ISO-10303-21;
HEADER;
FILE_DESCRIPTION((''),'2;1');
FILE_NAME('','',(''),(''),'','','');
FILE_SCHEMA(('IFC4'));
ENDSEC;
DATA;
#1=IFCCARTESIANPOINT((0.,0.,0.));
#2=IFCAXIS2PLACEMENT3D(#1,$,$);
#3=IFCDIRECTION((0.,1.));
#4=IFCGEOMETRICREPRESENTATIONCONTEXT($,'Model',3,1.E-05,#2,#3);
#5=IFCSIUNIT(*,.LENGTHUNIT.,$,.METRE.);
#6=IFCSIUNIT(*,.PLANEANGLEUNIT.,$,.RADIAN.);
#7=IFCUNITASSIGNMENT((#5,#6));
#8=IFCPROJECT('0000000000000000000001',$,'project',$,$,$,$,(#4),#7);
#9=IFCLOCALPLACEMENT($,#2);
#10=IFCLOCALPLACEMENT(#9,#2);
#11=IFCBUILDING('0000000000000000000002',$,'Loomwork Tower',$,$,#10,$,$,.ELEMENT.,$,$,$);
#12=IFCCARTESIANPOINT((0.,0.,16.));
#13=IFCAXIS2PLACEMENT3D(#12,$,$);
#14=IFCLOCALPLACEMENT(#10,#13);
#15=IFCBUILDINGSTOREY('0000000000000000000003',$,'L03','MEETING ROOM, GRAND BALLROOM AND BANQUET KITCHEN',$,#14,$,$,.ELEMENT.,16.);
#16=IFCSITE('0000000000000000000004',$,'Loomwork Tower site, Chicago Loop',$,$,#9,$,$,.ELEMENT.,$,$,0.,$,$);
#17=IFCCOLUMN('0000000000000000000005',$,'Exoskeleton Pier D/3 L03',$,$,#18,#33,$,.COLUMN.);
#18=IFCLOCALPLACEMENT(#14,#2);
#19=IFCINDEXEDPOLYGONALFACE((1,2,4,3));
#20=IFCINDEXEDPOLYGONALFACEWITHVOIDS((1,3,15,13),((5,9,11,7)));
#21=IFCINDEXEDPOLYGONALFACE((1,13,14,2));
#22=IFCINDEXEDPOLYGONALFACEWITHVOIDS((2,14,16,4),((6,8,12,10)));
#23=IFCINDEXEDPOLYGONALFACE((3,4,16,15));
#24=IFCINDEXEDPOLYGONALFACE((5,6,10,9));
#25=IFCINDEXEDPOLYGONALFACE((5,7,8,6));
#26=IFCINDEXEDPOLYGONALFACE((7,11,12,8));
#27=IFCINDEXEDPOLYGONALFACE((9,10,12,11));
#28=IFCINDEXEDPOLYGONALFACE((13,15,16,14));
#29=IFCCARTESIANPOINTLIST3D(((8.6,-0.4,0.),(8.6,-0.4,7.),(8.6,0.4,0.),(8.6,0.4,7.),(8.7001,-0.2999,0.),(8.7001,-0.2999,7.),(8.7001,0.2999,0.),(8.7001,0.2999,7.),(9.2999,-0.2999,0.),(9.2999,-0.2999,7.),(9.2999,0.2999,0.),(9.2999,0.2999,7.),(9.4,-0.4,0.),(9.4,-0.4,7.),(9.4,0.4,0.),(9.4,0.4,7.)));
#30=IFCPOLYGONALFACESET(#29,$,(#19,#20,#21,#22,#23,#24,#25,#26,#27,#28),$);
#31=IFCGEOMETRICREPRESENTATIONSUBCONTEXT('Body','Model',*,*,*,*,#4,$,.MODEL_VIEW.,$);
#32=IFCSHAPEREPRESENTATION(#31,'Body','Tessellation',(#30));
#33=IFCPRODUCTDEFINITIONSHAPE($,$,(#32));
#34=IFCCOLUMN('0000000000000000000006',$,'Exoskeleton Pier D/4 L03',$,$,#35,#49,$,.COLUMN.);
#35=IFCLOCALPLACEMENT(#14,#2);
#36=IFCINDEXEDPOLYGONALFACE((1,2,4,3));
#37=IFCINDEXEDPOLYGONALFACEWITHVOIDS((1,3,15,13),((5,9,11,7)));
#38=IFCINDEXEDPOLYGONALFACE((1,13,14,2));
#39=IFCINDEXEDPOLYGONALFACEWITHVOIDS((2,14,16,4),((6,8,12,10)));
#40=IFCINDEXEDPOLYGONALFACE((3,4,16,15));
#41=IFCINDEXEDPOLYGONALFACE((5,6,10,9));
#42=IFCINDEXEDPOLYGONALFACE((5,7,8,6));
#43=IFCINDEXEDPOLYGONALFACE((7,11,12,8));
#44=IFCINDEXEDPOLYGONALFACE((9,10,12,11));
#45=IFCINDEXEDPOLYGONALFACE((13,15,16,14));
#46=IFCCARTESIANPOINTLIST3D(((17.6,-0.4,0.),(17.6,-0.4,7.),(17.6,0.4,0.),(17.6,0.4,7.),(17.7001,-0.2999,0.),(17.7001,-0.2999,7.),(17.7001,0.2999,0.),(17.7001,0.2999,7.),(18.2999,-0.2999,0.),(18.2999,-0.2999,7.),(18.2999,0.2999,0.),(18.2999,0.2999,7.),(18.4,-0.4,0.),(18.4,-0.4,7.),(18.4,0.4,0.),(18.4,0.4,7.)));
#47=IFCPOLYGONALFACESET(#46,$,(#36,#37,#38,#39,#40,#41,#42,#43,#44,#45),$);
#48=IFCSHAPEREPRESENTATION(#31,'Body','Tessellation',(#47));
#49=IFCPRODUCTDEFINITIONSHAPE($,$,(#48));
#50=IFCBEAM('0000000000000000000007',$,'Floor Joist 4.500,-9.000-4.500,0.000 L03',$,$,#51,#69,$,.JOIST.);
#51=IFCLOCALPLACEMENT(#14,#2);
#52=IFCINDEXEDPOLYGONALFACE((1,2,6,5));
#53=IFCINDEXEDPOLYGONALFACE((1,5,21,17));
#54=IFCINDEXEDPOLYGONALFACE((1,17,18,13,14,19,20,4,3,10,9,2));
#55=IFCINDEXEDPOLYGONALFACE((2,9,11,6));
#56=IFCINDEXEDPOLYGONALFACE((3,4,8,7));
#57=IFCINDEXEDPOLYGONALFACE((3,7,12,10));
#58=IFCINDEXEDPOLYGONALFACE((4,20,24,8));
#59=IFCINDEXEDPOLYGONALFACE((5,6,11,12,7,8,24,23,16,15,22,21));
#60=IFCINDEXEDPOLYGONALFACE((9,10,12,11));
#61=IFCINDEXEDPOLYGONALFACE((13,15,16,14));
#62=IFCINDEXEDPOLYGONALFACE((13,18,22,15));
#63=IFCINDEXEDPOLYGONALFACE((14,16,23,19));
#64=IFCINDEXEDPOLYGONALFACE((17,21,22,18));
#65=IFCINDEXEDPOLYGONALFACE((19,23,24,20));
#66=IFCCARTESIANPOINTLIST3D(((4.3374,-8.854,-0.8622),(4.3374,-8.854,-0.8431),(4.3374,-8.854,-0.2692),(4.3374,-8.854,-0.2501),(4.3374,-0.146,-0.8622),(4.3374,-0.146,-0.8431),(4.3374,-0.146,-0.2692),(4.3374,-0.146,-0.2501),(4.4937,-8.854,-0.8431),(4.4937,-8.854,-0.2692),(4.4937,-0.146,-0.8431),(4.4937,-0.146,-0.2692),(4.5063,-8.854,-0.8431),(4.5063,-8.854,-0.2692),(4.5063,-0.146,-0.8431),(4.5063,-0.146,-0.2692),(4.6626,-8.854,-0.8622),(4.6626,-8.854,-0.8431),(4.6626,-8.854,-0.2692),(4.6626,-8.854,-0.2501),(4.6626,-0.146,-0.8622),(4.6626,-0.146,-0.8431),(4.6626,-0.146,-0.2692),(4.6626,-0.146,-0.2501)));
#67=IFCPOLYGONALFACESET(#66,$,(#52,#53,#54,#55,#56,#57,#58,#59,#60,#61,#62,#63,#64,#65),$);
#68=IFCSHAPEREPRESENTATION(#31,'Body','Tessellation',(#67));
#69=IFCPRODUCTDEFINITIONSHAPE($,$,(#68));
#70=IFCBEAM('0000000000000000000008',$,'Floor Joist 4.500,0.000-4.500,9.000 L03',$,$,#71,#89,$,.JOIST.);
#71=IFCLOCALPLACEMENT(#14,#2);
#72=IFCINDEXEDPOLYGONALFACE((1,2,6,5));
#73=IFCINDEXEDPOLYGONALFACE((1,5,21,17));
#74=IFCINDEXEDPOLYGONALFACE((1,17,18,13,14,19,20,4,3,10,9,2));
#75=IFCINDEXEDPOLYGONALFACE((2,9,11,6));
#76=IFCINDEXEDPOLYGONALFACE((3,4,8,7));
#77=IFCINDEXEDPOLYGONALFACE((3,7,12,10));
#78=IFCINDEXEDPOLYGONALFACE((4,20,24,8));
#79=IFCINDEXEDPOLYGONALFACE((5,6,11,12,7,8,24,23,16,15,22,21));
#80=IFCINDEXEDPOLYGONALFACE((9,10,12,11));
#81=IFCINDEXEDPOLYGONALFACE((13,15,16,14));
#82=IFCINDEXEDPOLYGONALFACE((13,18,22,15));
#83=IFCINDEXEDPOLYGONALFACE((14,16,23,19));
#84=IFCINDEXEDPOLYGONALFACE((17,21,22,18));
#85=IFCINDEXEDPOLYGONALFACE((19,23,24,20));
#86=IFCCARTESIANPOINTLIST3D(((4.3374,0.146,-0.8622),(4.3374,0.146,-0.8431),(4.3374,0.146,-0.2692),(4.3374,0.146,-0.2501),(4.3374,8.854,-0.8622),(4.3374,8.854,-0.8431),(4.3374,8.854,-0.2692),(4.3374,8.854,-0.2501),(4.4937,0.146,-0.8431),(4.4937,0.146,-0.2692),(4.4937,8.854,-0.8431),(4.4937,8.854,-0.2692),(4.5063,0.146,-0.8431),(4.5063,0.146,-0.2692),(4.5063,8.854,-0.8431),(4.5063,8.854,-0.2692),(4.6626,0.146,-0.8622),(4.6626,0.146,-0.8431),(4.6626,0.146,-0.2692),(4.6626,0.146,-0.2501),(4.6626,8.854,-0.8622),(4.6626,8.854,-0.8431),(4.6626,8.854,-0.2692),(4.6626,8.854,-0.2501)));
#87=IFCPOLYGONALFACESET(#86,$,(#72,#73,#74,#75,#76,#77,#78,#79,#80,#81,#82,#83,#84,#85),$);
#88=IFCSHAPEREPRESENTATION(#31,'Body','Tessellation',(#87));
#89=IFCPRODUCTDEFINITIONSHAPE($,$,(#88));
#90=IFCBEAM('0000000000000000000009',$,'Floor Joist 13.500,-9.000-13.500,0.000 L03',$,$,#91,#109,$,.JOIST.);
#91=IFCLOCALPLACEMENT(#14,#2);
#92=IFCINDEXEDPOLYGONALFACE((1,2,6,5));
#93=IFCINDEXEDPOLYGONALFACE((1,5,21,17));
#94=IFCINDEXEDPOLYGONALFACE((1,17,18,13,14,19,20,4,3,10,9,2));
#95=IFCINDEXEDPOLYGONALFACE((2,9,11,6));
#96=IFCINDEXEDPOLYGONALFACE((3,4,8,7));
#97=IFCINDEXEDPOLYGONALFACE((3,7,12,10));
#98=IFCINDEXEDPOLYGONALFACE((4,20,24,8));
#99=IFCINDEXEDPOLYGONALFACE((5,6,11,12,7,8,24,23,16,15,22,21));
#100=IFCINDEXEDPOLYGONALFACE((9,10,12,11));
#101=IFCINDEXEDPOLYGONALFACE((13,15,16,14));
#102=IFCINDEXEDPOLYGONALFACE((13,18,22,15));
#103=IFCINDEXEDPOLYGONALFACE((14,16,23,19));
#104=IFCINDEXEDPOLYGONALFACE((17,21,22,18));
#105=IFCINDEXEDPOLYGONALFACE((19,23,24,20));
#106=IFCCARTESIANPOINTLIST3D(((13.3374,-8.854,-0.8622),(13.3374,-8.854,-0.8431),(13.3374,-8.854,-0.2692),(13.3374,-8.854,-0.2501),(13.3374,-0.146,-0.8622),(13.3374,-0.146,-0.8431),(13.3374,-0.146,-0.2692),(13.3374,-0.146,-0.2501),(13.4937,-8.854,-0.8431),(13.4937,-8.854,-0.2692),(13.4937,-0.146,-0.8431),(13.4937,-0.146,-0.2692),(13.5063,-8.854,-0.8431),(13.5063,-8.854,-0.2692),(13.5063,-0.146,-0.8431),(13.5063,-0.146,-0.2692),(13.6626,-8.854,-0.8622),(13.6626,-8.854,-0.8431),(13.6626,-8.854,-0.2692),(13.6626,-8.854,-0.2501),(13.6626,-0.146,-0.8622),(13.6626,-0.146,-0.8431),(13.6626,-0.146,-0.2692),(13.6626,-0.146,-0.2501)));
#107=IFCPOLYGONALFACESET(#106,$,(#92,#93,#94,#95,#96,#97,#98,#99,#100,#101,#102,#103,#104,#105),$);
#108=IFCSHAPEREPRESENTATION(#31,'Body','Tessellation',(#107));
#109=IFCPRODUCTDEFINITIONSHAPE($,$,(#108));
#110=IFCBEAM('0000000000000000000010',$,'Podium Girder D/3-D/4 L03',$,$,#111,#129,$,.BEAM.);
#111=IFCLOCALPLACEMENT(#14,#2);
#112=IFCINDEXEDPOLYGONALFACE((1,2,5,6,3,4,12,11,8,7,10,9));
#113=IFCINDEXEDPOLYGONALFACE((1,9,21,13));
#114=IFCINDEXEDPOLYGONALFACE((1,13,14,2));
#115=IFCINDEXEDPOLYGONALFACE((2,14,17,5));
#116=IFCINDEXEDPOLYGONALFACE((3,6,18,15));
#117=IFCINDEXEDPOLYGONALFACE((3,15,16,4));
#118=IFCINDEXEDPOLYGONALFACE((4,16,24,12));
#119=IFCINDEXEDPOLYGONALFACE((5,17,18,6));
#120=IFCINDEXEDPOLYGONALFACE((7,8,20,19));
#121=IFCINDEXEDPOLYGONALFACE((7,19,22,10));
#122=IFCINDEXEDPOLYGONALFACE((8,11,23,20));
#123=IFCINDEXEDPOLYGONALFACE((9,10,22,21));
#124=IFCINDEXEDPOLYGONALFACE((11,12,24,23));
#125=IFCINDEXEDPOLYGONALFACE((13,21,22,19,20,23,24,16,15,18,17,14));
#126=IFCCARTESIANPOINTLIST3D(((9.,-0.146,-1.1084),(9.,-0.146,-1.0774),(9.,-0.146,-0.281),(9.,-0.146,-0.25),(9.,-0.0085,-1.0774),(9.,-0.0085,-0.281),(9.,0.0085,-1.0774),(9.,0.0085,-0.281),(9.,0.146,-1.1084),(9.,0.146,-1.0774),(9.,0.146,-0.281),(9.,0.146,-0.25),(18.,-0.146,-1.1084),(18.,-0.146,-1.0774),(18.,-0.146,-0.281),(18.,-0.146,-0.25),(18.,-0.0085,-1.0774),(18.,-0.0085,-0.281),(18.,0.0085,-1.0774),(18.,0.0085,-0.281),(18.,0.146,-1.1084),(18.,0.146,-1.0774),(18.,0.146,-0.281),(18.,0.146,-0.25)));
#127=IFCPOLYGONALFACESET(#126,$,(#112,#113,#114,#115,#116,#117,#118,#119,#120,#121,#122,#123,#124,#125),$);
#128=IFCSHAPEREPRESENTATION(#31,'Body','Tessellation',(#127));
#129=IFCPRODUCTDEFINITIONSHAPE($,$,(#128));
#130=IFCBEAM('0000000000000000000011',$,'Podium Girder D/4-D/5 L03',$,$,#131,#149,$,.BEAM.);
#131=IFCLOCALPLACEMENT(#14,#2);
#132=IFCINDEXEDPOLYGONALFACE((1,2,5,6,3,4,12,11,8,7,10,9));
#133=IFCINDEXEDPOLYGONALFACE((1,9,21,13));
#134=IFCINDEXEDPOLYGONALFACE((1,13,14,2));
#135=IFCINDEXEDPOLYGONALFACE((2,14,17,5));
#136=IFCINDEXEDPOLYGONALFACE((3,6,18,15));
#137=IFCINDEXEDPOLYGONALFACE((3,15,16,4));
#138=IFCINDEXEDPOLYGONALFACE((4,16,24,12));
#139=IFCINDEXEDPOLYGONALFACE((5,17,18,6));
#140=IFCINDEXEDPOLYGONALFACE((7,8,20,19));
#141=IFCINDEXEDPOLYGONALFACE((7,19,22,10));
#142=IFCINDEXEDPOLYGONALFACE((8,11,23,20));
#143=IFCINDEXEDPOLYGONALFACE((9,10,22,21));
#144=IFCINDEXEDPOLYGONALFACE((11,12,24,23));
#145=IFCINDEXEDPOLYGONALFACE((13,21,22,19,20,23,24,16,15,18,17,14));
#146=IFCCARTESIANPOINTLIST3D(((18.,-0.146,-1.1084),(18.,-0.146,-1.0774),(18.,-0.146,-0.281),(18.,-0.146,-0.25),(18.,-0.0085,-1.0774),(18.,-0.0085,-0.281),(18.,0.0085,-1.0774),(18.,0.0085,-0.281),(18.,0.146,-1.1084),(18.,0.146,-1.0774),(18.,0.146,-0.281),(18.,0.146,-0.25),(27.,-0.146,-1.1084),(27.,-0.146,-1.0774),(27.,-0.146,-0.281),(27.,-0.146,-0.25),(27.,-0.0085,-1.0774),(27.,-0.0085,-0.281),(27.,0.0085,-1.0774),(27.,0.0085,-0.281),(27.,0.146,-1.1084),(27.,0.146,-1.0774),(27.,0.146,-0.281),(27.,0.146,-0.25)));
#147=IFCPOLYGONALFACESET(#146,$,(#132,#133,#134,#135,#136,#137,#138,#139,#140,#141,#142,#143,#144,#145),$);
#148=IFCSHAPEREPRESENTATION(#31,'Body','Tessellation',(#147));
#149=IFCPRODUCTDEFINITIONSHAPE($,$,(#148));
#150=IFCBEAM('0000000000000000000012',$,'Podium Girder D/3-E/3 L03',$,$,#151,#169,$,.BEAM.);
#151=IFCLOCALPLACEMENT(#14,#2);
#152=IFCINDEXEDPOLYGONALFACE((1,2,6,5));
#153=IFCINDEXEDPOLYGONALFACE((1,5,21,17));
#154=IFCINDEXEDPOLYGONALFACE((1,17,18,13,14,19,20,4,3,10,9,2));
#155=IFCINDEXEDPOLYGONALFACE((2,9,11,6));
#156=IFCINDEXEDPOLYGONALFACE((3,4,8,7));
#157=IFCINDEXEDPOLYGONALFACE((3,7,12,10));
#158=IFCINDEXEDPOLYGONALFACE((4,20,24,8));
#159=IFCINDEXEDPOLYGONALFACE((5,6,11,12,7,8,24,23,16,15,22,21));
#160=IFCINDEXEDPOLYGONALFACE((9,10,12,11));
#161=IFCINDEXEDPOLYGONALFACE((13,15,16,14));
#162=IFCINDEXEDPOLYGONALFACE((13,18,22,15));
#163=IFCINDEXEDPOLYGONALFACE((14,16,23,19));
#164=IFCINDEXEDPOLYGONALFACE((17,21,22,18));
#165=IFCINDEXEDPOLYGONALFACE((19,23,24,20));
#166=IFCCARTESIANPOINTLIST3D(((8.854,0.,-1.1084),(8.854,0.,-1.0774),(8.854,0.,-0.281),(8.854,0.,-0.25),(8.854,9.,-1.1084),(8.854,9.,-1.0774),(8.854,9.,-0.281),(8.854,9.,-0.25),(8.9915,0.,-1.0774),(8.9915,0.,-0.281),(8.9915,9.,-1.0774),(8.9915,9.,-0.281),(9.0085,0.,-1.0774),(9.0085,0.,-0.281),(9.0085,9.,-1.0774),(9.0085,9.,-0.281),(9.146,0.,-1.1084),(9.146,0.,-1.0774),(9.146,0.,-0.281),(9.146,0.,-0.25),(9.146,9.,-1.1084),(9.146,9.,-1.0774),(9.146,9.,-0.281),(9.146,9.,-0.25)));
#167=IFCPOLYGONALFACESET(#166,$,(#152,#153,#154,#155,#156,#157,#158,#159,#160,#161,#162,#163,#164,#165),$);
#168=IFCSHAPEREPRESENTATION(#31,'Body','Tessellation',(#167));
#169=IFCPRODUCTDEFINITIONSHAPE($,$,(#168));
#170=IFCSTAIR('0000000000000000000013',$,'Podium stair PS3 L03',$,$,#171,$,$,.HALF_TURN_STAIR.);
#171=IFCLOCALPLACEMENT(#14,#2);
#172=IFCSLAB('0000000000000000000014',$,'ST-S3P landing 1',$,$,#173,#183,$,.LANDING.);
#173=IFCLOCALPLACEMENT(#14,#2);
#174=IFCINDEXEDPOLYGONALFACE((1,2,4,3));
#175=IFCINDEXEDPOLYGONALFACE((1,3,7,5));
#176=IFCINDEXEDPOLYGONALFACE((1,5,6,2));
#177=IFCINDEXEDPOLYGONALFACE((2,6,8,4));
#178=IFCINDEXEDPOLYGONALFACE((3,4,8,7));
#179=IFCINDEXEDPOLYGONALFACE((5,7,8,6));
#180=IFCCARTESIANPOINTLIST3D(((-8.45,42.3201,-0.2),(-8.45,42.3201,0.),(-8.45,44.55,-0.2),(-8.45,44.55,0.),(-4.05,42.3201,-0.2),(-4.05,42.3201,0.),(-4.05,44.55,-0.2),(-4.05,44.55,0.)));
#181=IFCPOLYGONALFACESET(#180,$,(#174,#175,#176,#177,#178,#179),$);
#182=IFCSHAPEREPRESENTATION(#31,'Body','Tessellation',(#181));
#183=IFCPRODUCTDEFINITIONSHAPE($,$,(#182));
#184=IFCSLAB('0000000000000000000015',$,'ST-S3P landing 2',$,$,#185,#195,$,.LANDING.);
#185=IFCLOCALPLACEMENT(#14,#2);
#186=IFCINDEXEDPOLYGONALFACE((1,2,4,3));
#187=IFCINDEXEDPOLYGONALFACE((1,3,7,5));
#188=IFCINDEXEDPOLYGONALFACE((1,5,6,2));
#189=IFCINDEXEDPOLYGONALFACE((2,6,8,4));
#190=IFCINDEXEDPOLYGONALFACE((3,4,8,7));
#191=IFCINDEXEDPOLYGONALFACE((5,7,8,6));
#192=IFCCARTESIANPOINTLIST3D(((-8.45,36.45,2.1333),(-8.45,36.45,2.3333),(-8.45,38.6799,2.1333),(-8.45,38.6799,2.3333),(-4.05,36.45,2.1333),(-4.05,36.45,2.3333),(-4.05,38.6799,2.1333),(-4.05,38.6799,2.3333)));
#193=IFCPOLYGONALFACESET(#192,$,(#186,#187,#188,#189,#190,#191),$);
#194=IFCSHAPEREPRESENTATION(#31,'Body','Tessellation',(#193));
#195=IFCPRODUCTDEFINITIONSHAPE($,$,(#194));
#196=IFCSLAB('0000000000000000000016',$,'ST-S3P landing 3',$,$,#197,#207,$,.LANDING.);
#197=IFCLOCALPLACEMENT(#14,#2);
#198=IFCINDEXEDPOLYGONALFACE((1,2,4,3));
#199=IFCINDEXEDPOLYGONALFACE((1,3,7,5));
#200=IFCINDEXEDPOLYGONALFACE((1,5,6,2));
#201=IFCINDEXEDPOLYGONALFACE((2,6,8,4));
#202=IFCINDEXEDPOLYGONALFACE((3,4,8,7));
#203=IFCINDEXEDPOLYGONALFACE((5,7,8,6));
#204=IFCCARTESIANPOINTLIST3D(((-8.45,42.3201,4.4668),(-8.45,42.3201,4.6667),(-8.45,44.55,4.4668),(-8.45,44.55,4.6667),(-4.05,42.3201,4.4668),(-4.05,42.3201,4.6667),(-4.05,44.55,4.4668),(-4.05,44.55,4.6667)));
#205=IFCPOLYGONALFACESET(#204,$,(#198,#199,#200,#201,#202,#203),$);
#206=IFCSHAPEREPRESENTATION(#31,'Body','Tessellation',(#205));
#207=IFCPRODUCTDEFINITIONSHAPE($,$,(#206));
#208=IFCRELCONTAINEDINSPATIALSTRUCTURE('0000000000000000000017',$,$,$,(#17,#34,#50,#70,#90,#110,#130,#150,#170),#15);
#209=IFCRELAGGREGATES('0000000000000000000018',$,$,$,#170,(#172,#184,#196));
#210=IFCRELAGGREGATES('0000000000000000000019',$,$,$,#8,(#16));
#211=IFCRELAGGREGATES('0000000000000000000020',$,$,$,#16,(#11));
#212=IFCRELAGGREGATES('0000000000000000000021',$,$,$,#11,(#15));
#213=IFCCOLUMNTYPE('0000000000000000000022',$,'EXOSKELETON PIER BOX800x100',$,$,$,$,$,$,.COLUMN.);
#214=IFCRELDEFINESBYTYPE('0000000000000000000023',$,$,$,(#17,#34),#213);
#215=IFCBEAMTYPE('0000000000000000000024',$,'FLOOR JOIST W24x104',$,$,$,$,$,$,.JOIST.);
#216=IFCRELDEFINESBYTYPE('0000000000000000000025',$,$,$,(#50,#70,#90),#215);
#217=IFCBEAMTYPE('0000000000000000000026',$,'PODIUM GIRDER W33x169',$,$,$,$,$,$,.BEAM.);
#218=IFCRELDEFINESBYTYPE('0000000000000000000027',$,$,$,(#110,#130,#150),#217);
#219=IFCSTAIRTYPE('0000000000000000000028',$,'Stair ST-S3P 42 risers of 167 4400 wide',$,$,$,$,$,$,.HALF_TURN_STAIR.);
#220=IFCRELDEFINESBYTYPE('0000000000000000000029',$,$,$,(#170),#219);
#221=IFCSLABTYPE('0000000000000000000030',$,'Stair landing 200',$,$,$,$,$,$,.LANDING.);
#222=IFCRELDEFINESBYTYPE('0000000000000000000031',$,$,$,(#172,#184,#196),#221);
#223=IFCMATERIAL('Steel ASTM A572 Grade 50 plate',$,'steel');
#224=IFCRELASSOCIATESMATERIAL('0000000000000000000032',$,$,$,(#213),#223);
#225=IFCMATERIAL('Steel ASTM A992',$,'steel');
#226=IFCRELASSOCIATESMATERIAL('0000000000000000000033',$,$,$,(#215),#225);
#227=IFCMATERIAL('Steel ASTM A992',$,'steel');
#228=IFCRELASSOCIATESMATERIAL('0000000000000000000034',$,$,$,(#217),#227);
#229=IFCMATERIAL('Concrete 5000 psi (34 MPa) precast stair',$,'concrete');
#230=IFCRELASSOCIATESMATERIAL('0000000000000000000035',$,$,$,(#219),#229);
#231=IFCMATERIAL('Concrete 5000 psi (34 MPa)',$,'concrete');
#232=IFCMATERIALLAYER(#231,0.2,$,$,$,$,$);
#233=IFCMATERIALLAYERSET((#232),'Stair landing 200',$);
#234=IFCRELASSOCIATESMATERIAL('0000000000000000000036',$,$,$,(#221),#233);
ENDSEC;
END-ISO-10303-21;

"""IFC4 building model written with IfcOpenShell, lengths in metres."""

from ifc_helpers import new_model, si_unit, direction, frame, origin, origin_2d, place, context, subcontext, project, spatial, polyline, hollow_rectangle, i_section, outline, extrude, material, layer, layer_set, material_profile, profile_set, type_object, element, aggregate, save


model = new_model("IFC4")

# Units and contexts
model_context = context("Model", 3, precision=1e-05, world=origin(), true_north=direction((0.0, 1.0)))
body_context = subcontext(model_context, "Body", "Model", "MODEL_VIEW")
ifc_project = project(units=[si_unit("LENGTHUNIT", "METRE"), si_unit("PLANEANGLEUNIT", "RADIAN")], contexts=[model_context])

# Site, building, storey
site_placement = place(None, origin())
site = spatial("IfcSite", under=ifc_project, at=site_placement, Name="Loomwork Tower site, Chicago Loop", CompositionType="ELEMENT", RefElevation=0.0)
building_placement = place(site_placement, origin())
building = spatial("IfcBuilding", under=site, at=building_placement, Name="Loomwork Tower", CompositionType="ELEMENT")
storey_placement = place(building_placement, frame((0.0, 0.0, 16.0)))
storey = spatial("IfcBuildingStorey", under=building, at=storey_placement, Name="L03", Description="MEETING ROOM, GRAND BALLROOM AND BANQUET KITCHEN", CompositionType="ELEMENT", Elevation=16.0)

# Columns
ifc_material_1 = material(Name="Steel ASTM A572 Grade 50 plate", Category="steel")
ifc_material_profile_1 = material_profile(ifc_material_1, hollow_rectangle(XDim=0.8, YDim=0.8, WallThickness=0.1001, at=origin_2d()), Name="BOX800x100")
ifc_profile_set_1 = profile_set([ifc_material_profile_1], Name="Steel ASTM A572 Grade 50 plate")
column_type = type_object("IfcColumnType", Name="EXOSKELETON PIER BOX800x100", PredefinedType="COLUMN", material=ifc_profile_set_1)
for number, where, z_axis, x_axis, name in (
    (1, (9.0, 0.0, 0.0), (0.0, 0.0, 1.0), (1.0, 0.0, 0.0), "Exoskeleton Pier D/3 L03"),
    (2, (18.0, 0.0, 0.0), (0.0, 0.0, 1.0), (1.0, 0.0, 0.0), "Exoskeleton Pier D/4 L03"),
):
    element("IfcColumn", number, at=place(storey_placement, frame(where, z_axis=z_axis, x_axis=x_axis)), inside=storey, type_object=column_type, Name=name, PredefinedType="COLUMN", context=body_context, shape_type="SweptSolid", body=[
        extrude(hollow_rectangle(XDim=0.8, YDim=0.8, WallThickness=0.1001, at=origin_2d()), origin(), (0.0, 0.0, 1.0), 7.0),
    ])

# Beams
ifc_material_2 = material(Name="Steel ASTM A992", Category="steel")
ifc_material_profile_2 = material_profile(ifc_material_2, i_section(OverallWidth=0.3252, OverallDepth=0.6121, WebThickness=0.0127, FlangeThickness=0.019, at=origin_2d()), Name="W24x104")
ifc_profile_set_2 = profile_set([ifc_material_profile_2], Name="Steel ASTM A992")
beam_type_1 = type_object("IfcBeamType", Name="FLOOR JOIST W24x104", PredefinedType="JOIST", material=ifc_profile_set_2)
for number, where, z_axis, x_axis, name in (
    (3, (4.5, -8.854, -0.5562), (0.0, 1.0, 0.0), (-1.0, 0.0, 0.0), "Floor Joist 4.500,-9.000-4.500,0.000 L03"),
    (4, (4.5, 0.146, -0.5562), (0.0, 1.0, 0.0), (-1.0, 0.0, 0.0), "Floor Joist 4.500,0.000-4.500,9.000 L03"),
    (5, (13.5, -8.854, -0.5562), (0.0, 1.0, 0.0), (-1.0, 0.0, 0.0), "Floor Joist 13.500,-9.000-13.500,0.000 L03"),
):
    element("IfcBeam", number, at=place(storey_placement, frame(where, z_axis=z_axis, x_axis=x_axis)), inside=storey, type_object=beam_type_1, Name=name, PredefinedType="JOIST", context=body_context, shape_type="SweptSolid", body=[
        extrude(i_section(OverallWidth=0.3252, OverallDepth=0.6121, WebThickness=0.0127, FlangeThickness=0.019, at=origin_2d()), origin(), (0.0, 0.0, 1.0), 8.708),
    ])
ifc_material_3 = material(Name="Steel ASTM A992", Category="steel")
ifc_material_profile_3 = material_profile(ifc_material_3, i_section(OverallWidth=0.292, OverallDepth=0.8584, WebThickness=0.0171, FlangeThickness=0.031, at=origin_2d()), Name="W33x169")
ifc_profile_set_3 = profile_set([ifc_material_profile_3], Name="Steel ASTM A992")
beam_type_2 = type_object("IfcBeamType", Name="PODIUM GIRDER W33x169", PredefinedType="BEAM", material=ifc_profile_set_3)
for number, where, z_axis, x_axis, name in (
    (6, (9.0, 0.0, -0.6792), (1.0, 0.0, 0.0), (0.0, 1.0, 0.0), "Podium Girder D/3-D/4 L03"),
    (7, (18.0, 0.0, -0.6792), (1.0, 0.0, 0.0), (0.0, 1.0, 0.0), "Podium Girder D/4-D/5 L03"),
    (8, (9.0, 0.0, -0.6792), (0.0, 1.0, 0.0), (-1.0, 0.0, 0.0), "Podium Girder D/3-E/3 L03"),
):
    element("IfcBeam", number, at=place(storey_placement, frame(where, z_axis=z_axis, x_axis=x_axis)), inside=storey, type_object=beam_type_2, Name=name, PredefinedType="BEAM", context=body_context, shape_type="SweptSolid", body=[
        extrude(i_section(OverallWidth=0.292, OverallDepth=0.8584, WebThickness=0.0171, FlangeThickness=0.031, at=origin_2d()), origin(), (0.0, 0.0, 1.0), 9.0),
    ])

# Stair, slabs
ifc_material_4 = material(Name="Concrete 5000 psi (34 MPa) precast stair", Category="concrete")
stair_type_1 = type_object("IfcStairType", Name="Stair ST-S3P 42 risers of 167 4400 wide", PredefinedType="HALF_TURN_STAIR", material=ifc_material_4)
stair_1_placement = place(storey_placement, origin())
stair_1 = element("IfcStair", 9, at=stair_1_placement, inside=storey, type_object=stair_type_1, Name="Podium stair PS3 L03", PredefinedType="HALF_TURN_STAIR")
ifc_material_5 = material(Name="Concrete 5000 psi (34 MPa)", Category="concrete")
ifc_layer_1 = layer(ifc_material_5, 0.2)
ifc_layer_set_1 = layer_set([ifc_layer_1], Name="Stair landing 200")
slab_type = type_object("IfcSlabType", Name="Stair landing 200", PredefinedType="LANDING", material=ifc_layer_set_1)
slab_1_placement = place(storey_placement, frame((0.0, 0.0, -0.2)))
slab_1 = element("IfcSlab", 10, at=slab_1_placement, type_object=slab_type, Name="ST-S3P landing 1", PredefinedType="LANDING", context=body_context, shape_type="SweptSolid", body=[
    extrude(outline(polyline([(-8.45, 42.3201), (-4.05, 42.3201), (-4.05, 44.55), (-8.45, 44.55), (-8.45, 42.3201)])), origin(), (0.0, 0.0, 1.0), 0.2),
])
slab_2_placement = place(storey_placement, frame((0.0, 0.0, 2.1333)))
slab_2 = element("IfcSlab", 11, at=slab_2_placement, type_object=slab_type, Name="ST-S3P landing 2", PredefinedType="LANDING", context=body_context, shape_type="SweptSolid", body=[
    extrude(outline(polyline([(-8.45, 36.45), (-4.05, 36.45), (-4.05, 38.6799), (-8.45, 38.6799), (-8.45, 36.45)])), origin(), (0.0, 0.0, 1.0), 0.2),
])
slab_3_placement = place(storey_placement, frame((0.0, 0.0, 4.4668)))
slab_3 = element("IfcSlab", 12, at=slab_3_placement, type_object=slab_type, Name="ST-S3P landing 3", PredefinedType="LANDING", context=body_context, shape_type="SweptSolid", body=[
    extrude(outline(polyline([(-8.45, 42.3201), (-4.05, 42.3201), (-4.05, 44.55), (-8.45, 44.55), (-8.45, 42.3201)])), origin(), (0.0, 0.0, 1.0), 0.2),
])
aggregate(stair_1, [slab_1, slab_2, slab_3])

save(model, "model.ifc")
